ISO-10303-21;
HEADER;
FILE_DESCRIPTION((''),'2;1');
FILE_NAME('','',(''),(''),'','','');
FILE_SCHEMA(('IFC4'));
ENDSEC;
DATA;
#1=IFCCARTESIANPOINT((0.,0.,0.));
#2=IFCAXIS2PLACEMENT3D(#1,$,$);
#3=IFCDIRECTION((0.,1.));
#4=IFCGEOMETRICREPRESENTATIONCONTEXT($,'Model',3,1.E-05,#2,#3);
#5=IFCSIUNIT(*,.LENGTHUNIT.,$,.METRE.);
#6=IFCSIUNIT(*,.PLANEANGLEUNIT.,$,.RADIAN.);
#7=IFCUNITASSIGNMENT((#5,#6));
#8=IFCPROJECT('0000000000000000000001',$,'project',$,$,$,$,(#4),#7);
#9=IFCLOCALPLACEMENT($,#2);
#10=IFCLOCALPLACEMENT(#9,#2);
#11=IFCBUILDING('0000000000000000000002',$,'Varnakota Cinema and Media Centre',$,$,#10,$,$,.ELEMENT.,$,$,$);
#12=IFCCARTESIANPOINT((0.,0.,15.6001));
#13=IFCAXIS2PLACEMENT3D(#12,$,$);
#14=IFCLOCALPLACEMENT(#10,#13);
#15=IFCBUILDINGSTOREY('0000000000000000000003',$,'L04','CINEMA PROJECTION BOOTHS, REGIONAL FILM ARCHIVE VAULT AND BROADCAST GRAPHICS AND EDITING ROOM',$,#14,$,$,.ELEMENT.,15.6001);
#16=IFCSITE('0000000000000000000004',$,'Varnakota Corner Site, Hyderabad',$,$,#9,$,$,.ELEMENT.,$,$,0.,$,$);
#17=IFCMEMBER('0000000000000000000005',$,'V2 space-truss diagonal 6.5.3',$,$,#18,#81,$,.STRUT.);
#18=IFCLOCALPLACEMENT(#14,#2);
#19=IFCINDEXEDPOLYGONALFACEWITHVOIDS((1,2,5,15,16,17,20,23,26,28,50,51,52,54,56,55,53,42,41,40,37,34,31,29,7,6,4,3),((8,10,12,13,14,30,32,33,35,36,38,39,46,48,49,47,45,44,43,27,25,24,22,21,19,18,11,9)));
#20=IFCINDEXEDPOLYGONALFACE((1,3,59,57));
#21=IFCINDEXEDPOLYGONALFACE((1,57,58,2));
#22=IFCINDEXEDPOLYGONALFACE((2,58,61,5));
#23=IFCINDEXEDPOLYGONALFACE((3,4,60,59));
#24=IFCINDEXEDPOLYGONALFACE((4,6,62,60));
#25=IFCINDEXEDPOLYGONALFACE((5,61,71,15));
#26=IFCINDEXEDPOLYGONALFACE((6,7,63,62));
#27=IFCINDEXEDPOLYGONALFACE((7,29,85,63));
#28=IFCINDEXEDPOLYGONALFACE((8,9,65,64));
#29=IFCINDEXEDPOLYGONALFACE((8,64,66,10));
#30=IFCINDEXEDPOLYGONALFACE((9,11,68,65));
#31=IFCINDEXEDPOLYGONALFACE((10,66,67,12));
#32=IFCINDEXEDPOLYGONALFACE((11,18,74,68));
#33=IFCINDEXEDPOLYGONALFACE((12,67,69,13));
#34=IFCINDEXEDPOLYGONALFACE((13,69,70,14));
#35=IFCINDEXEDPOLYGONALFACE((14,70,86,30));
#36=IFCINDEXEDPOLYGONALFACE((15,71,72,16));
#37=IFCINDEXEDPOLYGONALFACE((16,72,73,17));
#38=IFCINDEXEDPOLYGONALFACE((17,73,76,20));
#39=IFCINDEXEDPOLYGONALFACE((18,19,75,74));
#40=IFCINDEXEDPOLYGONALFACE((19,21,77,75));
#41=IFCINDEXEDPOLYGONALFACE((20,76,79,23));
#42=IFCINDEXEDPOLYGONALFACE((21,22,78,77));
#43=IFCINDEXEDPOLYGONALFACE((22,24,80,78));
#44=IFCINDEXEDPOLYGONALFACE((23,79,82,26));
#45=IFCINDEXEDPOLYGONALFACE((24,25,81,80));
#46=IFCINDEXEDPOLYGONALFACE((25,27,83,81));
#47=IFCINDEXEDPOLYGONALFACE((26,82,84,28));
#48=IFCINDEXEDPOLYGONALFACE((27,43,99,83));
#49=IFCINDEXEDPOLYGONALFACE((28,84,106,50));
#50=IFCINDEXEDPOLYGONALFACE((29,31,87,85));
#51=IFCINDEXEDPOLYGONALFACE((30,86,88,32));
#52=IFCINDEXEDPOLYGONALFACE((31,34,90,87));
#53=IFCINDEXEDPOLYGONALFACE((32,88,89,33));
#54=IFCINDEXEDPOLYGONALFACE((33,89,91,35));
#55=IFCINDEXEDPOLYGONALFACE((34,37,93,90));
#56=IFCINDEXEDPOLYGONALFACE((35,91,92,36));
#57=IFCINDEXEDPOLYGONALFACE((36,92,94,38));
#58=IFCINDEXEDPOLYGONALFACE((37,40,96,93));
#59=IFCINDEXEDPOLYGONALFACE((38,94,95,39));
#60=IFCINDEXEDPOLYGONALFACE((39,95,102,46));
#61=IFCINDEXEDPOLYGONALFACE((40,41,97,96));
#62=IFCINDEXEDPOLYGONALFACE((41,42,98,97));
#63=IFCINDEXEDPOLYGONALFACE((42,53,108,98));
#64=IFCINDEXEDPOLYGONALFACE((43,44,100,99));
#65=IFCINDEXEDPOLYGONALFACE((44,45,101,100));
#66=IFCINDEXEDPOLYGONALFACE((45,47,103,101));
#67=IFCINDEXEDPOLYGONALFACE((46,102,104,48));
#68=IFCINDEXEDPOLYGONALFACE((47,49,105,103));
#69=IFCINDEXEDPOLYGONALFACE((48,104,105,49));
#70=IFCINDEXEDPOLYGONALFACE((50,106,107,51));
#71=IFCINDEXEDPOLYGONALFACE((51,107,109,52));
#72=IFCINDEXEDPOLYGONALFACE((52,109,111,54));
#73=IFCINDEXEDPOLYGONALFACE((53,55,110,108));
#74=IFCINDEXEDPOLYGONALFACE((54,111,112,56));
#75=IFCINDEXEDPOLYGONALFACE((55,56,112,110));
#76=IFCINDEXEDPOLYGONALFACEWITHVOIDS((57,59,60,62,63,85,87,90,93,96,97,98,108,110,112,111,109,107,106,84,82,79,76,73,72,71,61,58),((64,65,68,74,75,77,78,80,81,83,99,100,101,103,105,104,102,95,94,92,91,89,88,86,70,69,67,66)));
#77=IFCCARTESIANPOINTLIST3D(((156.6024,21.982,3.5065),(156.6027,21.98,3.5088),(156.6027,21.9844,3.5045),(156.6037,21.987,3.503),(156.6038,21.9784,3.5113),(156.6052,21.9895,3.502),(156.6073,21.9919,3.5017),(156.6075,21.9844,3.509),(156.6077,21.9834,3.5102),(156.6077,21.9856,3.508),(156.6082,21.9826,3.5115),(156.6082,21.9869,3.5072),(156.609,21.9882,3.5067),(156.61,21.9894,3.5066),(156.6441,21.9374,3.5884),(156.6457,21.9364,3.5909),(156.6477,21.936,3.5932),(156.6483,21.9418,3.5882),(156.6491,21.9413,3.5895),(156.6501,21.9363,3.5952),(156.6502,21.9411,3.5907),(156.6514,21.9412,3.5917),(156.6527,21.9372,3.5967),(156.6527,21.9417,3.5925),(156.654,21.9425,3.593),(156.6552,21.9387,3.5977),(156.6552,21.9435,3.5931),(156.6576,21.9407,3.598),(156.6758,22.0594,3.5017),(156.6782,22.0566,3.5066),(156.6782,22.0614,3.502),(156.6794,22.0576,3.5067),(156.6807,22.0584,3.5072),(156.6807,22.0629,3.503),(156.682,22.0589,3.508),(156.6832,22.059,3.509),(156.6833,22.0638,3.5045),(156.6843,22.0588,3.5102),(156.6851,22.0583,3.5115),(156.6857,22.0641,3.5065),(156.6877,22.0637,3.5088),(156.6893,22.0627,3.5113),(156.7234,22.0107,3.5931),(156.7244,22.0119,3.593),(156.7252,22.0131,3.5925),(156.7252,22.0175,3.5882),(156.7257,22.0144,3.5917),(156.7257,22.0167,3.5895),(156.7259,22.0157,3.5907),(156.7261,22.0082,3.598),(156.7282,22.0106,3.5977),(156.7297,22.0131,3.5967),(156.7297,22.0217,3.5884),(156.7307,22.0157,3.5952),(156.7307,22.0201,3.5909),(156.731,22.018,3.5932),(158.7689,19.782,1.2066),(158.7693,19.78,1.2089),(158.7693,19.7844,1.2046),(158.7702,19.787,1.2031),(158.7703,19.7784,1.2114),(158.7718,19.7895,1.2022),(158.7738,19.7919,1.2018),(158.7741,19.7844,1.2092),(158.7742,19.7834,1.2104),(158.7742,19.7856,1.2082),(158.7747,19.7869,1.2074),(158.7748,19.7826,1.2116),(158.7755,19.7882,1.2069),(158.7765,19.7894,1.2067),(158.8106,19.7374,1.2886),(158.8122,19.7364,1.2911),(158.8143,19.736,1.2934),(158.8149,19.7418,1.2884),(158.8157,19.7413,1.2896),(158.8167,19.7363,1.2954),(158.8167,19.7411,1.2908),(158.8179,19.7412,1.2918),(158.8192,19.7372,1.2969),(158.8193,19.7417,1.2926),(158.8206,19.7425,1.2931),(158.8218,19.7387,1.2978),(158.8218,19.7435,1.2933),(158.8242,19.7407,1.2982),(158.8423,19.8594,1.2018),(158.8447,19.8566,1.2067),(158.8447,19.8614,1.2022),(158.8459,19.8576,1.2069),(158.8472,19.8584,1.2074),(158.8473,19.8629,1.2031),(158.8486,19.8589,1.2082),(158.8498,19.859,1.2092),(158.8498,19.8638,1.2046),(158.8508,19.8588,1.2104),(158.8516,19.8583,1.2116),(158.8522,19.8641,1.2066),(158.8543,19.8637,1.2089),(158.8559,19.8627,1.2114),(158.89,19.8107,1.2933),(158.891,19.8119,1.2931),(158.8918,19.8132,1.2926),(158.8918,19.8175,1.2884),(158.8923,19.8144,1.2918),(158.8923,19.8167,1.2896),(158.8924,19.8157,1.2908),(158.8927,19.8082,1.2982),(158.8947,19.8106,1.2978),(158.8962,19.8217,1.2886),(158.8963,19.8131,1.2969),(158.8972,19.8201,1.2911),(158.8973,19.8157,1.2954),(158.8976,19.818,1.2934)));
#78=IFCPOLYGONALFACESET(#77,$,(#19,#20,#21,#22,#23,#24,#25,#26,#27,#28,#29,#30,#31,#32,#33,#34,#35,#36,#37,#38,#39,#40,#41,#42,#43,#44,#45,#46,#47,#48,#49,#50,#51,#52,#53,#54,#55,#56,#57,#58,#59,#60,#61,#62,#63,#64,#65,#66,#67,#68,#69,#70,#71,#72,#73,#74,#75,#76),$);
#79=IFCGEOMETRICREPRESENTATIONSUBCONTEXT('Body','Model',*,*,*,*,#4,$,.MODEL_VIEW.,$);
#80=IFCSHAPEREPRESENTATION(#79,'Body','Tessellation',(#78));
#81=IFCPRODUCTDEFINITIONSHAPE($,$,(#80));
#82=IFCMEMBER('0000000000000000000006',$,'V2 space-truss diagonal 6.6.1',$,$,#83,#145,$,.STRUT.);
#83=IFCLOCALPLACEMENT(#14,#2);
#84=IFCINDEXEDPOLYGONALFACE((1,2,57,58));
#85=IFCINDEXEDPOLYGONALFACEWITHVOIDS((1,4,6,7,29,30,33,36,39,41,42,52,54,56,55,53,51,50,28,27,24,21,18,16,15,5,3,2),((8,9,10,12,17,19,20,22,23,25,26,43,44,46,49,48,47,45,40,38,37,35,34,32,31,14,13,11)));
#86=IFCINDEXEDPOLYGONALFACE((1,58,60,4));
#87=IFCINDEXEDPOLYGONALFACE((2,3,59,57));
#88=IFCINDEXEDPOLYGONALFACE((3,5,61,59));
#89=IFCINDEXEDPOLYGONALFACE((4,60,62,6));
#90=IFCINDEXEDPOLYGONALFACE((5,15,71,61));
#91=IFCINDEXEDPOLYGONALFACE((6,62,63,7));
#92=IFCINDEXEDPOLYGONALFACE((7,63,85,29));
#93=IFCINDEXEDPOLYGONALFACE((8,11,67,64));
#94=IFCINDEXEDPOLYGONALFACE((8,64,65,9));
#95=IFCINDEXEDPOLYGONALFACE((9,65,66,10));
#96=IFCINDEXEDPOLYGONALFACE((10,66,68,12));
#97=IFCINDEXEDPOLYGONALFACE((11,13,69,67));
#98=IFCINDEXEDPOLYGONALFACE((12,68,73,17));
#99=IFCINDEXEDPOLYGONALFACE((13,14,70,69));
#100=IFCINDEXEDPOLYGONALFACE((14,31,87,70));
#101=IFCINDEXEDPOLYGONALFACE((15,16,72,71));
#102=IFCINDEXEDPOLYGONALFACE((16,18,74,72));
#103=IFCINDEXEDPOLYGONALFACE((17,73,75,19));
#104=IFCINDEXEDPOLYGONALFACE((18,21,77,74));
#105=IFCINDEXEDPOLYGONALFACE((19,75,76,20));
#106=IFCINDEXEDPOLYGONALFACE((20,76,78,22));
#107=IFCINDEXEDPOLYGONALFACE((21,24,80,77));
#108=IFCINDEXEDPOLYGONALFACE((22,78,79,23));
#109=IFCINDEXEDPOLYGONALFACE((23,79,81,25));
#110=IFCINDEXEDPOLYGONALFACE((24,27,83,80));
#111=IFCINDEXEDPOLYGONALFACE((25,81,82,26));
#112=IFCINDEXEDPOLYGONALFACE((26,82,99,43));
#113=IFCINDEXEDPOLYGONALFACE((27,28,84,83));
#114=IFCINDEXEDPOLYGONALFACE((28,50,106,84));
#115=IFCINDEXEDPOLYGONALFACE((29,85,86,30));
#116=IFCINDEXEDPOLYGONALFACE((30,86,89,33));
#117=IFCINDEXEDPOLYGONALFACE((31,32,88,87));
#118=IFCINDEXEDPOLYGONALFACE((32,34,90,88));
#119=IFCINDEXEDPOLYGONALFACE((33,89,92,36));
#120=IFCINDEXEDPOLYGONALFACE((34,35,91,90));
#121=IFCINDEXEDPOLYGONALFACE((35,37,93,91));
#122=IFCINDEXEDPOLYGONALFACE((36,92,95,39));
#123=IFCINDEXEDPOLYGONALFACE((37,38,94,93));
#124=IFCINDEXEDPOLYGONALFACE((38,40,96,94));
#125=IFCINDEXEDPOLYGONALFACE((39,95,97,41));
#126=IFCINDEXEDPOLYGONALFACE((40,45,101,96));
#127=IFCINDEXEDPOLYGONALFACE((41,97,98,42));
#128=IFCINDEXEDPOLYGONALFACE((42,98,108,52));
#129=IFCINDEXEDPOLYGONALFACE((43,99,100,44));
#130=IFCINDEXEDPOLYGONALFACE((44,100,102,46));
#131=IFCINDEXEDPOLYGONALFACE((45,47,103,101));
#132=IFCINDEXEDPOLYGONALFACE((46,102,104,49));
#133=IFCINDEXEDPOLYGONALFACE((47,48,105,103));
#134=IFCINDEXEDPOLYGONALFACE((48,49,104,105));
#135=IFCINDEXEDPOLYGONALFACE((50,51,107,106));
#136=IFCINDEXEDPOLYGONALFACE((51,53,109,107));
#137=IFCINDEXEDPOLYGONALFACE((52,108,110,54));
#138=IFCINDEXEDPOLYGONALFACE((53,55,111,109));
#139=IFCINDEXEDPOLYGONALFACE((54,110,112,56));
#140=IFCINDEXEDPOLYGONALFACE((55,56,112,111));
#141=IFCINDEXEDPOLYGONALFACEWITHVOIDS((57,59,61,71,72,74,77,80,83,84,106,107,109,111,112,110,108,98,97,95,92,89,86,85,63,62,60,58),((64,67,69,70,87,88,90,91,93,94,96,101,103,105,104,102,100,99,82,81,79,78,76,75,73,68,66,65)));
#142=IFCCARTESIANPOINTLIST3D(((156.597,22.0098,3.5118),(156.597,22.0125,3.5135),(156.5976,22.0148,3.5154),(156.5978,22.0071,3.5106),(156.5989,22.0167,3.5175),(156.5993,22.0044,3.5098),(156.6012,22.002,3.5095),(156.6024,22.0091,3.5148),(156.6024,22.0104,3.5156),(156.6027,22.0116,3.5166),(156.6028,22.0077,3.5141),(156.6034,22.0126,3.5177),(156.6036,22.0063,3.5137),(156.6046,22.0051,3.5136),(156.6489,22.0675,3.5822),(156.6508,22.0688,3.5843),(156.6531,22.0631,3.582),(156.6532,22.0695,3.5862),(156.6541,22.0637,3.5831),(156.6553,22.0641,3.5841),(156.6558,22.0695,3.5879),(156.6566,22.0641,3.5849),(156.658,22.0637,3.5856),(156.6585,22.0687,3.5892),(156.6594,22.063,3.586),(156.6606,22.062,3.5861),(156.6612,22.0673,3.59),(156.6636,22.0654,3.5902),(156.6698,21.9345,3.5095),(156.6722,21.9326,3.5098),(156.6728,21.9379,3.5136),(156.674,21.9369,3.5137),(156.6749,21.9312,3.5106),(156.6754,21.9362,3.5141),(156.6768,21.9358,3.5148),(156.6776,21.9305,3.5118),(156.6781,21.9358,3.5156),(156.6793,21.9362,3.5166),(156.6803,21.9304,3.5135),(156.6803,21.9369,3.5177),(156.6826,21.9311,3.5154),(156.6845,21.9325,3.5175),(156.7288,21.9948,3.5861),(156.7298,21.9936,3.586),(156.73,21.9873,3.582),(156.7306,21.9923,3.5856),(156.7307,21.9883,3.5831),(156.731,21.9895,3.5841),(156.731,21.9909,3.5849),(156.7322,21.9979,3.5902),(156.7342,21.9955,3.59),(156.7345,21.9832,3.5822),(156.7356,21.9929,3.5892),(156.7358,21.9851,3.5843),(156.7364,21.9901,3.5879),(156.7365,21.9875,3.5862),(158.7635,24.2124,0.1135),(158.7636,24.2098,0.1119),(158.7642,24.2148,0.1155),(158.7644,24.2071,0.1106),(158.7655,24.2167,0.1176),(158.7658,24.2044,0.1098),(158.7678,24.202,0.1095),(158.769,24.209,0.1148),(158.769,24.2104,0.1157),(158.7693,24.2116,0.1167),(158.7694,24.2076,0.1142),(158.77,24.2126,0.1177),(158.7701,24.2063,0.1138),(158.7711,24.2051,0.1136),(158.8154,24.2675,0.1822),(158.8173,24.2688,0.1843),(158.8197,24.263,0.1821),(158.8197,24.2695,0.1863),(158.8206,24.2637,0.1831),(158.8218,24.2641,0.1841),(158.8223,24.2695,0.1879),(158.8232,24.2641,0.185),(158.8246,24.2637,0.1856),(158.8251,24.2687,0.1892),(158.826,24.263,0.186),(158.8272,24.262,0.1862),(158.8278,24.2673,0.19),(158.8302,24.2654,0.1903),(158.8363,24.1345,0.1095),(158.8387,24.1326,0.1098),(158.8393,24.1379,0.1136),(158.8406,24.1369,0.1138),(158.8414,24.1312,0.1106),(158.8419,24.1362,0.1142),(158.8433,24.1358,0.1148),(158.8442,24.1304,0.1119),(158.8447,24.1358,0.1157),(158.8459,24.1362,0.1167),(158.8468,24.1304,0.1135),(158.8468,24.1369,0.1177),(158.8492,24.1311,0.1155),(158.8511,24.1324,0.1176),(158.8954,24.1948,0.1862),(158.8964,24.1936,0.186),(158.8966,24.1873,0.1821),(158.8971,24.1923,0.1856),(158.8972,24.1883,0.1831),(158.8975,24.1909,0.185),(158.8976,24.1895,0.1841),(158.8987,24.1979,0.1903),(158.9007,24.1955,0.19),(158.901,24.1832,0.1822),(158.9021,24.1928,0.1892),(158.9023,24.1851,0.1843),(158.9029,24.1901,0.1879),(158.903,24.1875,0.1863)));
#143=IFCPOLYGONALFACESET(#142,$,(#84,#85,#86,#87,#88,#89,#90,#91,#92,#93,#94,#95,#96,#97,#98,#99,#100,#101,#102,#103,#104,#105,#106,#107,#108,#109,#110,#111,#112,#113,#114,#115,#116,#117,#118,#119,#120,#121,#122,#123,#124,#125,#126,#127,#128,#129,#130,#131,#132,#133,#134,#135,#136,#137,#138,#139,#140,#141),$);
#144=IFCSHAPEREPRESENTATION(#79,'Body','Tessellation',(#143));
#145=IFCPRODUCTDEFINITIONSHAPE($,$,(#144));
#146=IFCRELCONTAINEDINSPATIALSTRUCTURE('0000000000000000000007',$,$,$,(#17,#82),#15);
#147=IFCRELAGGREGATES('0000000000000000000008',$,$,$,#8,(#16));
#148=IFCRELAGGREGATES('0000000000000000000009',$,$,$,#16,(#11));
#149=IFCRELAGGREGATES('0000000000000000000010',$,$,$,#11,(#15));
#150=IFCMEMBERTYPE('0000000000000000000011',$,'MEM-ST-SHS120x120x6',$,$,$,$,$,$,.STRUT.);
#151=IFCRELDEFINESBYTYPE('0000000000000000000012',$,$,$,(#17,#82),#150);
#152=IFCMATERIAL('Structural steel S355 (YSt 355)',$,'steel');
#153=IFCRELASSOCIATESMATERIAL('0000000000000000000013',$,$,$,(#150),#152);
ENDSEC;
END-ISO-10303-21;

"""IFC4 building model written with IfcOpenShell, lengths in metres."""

from ifc_helpers import new_model, si_unit, direction, frame, origin, origin_2d, place, context, subcontext, project, spatial, hollow_rectangle, extrude, material, material_profile, profile_set, type_object, element, save


model = new_model("IFC4")

# Units and contexts
model_context = context("Model", 3, precision=1e-05, world=origin(), true_north=direction((0.0, 1.0)))
body_context = subcontext(model_context, "Body", "Model", "MODEL_VIEW")
ifc_project = project(units=[si_unit("LENGTHUNIT", "METRE"), si_unit("PLANEANGLEUNIT", "RADIAN")], contexts=[model_context])

# Site, building, storey
site_placement = place(None, origin())
site = spatial("IfcSite", under=ifc_project, at=site_placement, Name="Varnakota Corner Site, Hyderabad", CompositionType="ELEMENT", RefElevation=0.0)
building_placement = place(site_placement, origin())
building = spatial("IfcBuilding", under=site, at=building_placement, Name="Varnakota Cinema and Media Centre", CompositionType="ELEMENT")
storey_placement = place(building_placement, frame((0.0, 0.0, 15.6001)))
storey = spatial("IfcBuildingStorey", under=building, at=storey_placement, Name="L04", Description="CINEMA PROJECTION BOOTHS, REGIONAL FILM ARCHIVE VAULT AND BROADCAST GRAPHICS AND EDITING ROOM", CompositionType="ELEMENT", Elevation=15.6001)

# Members
ifc_material_1 = material(Name="Structural steel S355 (YSt 355)", Category="steel")
ifc_material_profile_1 = material_profile(ifc_material_1, hollow_rectangle(XDim=0.1201, YDim=0.1201, WallThickness=0.0061, InnerFilletRadius=0.0061, OuterFilletRadius=0.012, at=origin_2d()), Name="SHS 120x120x6")
ifc_profile_set_1 = profile_set([ifc_material_profile_1], Name="Structural steel S355 (YSt 355)")
member_type_1 = type_object("IfcMemberType", Name="MEM-ST-SHS120x120x6", PredefinedType="STRUT", material=ifc_profile_set_1)
member_1_placement = place(storey_placement, frame((158.8333, 19.8, 1.25), z_axis=(-0.562726, 0.571413, 0.597349), x_axis=(-0.712502, -0.70167, 0.0)))
element("IfcMember", 1, at=member_1_placement, inside=storey, type_object=member_type_1, Name="V2 space-truss diagonal 6.5.3", PredefinedType="STRUT", context=body_context, shape_type="SweptSolid", body=[
    extrude(hollow_rectangle(XDim=0.1201, YDim=0.1201, WallThickness=0.0061, InnerFilletRadius=0.0061, OuterFilletRadius=0.012, at=origin_2d()), origin(), (0.0, 0.0, 1.0), 3.8501),
])
member_2_placement = place(storey_placement, frame((158.8333, 24.2, 0.1499), z_axis=(-0.471728, -0.479011, 0.740285), x_axis=(0.712502, -0.70167, 0.0)))
element("IfcMember", 2, at=member_2_placement, inside=storey, type_object=member_type_1, Name="V2 space-truss diagonal 6.6.1", PredefinedType="STRUT", context=body_context, shape_type="SweptSolid", body=[
    extrude(hollow_rectangle(XDim=0.1201, YDim=0.1201, WallThickness=0.0061, InnerFilletRadius=0.0061, OuterFilletRadius=0.012, at=origin_2d()), origin(), (0.0, 0.0, 1.0), 4.5928),
])

save(model, "model.ifc")
